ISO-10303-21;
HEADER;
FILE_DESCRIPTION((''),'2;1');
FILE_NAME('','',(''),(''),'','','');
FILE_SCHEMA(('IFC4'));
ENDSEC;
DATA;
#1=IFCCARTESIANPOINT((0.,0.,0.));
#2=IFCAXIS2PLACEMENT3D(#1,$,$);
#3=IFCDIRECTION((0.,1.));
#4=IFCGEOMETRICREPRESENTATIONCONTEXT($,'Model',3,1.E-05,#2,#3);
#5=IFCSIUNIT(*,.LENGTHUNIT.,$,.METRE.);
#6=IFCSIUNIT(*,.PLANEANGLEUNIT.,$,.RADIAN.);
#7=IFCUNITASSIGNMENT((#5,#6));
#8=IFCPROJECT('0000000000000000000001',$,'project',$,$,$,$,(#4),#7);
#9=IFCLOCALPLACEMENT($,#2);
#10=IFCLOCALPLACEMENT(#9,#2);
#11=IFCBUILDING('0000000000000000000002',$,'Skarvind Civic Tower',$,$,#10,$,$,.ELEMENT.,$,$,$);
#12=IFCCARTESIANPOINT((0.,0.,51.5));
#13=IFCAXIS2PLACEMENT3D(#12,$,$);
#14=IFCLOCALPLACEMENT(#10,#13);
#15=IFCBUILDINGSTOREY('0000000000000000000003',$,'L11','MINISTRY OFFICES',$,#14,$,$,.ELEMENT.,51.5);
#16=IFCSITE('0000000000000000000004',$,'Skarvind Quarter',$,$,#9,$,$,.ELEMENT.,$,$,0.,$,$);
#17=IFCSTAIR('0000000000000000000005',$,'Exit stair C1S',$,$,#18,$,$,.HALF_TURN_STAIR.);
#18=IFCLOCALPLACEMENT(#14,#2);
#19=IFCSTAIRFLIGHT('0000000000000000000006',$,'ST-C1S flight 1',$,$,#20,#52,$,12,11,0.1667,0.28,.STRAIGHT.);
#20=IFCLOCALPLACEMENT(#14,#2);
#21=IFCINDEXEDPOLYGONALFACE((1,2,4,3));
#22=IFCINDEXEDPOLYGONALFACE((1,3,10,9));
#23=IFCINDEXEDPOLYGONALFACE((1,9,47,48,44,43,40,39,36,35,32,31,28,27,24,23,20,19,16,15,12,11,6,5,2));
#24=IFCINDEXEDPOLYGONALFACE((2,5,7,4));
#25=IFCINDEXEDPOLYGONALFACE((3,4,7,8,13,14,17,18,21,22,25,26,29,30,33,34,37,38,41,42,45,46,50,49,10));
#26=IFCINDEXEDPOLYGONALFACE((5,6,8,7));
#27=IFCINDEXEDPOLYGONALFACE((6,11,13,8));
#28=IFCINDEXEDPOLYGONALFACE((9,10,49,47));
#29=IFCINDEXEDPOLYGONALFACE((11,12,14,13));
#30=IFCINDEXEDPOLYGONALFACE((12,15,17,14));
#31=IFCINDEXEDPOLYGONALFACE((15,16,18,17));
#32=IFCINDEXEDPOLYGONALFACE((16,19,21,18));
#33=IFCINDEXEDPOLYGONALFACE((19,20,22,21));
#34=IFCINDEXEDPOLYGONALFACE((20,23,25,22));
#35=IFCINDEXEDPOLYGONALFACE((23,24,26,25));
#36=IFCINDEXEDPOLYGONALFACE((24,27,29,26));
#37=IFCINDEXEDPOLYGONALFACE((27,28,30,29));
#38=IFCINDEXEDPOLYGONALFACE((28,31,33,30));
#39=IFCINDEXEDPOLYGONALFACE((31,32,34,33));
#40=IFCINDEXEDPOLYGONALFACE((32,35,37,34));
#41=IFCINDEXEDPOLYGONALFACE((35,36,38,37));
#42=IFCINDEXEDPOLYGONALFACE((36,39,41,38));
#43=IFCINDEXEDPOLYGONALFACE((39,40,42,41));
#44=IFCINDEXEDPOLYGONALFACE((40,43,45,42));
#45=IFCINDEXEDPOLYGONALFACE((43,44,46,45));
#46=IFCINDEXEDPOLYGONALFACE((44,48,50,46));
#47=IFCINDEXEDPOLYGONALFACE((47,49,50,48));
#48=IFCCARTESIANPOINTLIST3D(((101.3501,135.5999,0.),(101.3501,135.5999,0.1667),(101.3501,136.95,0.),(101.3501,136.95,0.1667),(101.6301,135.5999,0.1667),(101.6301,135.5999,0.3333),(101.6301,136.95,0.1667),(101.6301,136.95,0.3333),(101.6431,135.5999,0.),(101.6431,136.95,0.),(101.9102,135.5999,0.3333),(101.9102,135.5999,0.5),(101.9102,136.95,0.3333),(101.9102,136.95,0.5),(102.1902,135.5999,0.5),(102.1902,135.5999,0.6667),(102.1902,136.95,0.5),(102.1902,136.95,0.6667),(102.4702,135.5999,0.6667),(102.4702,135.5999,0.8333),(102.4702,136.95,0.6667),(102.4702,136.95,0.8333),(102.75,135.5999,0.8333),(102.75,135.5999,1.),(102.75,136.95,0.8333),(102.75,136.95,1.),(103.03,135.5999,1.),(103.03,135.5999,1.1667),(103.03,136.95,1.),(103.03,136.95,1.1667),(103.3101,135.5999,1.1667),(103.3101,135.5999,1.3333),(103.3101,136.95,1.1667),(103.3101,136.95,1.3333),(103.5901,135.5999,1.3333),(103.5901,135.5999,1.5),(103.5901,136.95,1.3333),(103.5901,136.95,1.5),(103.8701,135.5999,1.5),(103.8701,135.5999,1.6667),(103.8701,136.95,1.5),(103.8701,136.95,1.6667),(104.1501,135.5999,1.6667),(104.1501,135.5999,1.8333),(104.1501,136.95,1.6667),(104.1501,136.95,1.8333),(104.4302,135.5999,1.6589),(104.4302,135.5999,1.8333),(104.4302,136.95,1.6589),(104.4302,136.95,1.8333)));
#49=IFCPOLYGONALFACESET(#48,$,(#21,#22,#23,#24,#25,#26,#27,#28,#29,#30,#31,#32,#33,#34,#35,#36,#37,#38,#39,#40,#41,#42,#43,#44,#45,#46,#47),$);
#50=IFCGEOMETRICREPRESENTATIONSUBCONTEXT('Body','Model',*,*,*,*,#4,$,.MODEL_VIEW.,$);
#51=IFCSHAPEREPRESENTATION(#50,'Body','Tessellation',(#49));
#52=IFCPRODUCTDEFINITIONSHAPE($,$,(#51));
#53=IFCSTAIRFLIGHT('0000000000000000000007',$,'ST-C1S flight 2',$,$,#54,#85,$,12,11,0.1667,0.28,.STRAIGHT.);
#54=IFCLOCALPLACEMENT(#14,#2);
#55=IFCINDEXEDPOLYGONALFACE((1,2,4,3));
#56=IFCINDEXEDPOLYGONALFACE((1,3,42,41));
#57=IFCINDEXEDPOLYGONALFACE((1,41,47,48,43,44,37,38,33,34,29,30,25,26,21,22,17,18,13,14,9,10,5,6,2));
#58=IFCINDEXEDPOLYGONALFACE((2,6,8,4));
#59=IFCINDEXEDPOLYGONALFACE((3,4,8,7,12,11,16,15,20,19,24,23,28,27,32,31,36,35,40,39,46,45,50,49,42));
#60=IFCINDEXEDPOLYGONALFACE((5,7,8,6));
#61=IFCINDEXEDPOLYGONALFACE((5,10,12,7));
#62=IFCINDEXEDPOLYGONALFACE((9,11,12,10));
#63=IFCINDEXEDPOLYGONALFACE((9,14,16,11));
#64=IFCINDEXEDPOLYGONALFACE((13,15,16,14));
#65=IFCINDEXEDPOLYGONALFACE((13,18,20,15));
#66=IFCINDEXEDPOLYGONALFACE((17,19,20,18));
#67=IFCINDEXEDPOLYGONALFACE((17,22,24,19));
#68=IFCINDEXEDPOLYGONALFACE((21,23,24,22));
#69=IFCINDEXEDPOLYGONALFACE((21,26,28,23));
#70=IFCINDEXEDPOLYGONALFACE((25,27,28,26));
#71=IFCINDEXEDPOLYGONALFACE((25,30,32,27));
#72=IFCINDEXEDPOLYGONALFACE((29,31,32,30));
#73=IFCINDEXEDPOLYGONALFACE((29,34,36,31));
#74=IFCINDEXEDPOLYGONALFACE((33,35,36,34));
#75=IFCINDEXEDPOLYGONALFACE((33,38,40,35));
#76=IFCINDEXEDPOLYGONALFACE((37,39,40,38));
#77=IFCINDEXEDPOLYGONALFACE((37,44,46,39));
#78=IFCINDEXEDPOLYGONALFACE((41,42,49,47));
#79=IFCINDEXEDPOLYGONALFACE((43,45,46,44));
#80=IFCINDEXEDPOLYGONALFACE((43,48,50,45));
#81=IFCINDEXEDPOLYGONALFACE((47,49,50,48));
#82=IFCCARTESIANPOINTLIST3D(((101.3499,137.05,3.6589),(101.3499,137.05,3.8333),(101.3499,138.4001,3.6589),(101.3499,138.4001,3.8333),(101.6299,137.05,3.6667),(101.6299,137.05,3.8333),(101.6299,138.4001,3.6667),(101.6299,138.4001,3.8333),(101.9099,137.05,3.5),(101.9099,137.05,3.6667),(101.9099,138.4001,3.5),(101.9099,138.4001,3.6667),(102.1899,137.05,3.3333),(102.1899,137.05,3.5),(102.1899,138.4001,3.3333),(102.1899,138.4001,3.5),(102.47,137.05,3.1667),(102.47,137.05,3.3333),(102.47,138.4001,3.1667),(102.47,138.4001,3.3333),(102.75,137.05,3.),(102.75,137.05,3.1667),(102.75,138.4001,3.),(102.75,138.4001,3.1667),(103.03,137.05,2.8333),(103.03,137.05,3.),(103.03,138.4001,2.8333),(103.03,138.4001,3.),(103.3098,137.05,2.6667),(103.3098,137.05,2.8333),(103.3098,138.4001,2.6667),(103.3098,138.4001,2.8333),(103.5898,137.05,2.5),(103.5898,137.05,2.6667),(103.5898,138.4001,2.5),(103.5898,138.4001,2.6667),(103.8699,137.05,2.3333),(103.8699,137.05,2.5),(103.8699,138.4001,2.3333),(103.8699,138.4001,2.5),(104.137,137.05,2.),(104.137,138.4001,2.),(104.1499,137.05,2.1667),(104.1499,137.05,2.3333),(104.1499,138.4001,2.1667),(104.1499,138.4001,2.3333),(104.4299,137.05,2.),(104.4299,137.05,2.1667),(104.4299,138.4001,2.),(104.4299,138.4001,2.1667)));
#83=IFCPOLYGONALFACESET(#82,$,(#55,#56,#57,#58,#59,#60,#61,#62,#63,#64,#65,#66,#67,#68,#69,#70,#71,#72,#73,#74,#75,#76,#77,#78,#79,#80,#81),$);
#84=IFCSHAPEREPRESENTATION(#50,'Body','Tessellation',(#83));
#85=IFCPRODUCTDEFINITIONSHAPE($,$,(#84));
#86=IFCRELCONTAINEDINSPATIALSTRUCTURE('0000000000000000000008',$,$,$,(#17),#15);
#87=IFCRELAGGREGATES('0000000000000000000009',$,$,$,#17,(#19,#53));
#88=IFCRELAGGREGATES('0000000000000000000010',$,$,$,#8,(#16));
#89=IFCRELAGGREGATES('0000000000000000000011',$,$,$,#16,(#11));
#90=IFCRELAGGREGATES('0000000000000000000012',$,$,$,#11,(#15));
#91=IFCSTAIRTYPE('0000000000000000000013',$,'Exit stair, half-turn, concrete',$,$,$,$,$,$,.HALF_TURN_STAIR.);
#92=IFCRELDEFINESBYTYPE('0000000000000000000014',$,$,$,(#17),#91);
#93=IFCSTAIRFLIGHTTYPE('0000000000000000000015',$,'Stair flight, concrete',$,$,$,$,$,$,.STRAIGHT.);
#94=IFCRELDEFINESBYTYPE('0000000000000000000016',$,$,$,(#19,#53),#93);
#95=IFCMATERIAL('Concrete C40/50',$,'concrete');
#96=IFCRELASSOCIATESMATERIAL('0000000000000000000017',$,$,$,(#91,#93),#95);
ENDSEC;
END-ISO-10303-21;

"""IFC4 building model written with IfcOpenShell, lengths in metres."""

from ifc_helpers import new_model, si_unit, direction, frame, origin, place, context, subcontext, project, spatial, polyline, outline, extrude, material, type_object, element, aggregate, save


model = new_model("IFC4")

# Units and contexts
model_context = context("Model", 3, precision=1e-05, world=origin(), true_north=direction((0.0, 1.0)))
body_context = subcontext(model_context, "Body", "Model", "MODEL_VIEW")
ifc_project = project(units=[si_unit("LENGTHUNIT", "METRE"), si_unit("PLANEANGLEUNIT", "RADIAN")], contexts=[model_context])

# Site, building, storey
site_placement = place(None, origin())
site = spatial("IfcSite", under=ifc_project, at=site_placement, Name="Skarvind Quarter", CompositionType="ELEMENT", RefElevation=0.0)
building_placement = place(site_placement, origin())
building = spatial("IfcBuilding", under=site, at=building_placement, Name="Skarvind Civic Tower", CompositionType="ELEMENT")
storey_placement = place(building_placement, frame((0.0, 0.0, 51.5)))
storey = spatial("IfcBuildingStorey", under=building, at=storey_placement, Name="L11", Description="MINISTRY OFFICES", CompositionType="ELEMENT", Elevation=51.5)

# Stair, stair flights
ifc_material_1 = material(Name="Concrete C40/50", Category="concrete")
stair_type = type_object("IfcStairType", Name="Exit stair, half-turn, concrete", PredefinedType="HALF_TURN_STAIR", material=ifc_material_1)
stair_placement = place(storey_placement, origin())
stair = element("IfcStair", 1, at=stair_placement, inside=storey, type_object=stair_type, Name="Exit stair C1S", PredefinedType="HALF_TURN_STAIR")
stair_flight_type = type_object("IfcStairFlightType", Name="Stair flight, concrete", PredefinedType="STRAIGHT", material=ifc_material_1)
stair_flight_1_placement = place(storey_placement, frame((101.3501, 136.2749, 0.0), z_axis=(0.0, 0.0, 1.0), x_axis=(1.0, 0.0, 0.0)))
stair_flight_1 = element("IfcStairFlight", 2, at=stair_flight_1_placement, type_object=stair_flight_type, Name="ST-C1S flight 1", NumberOfRisers=12, NumberOfTreads=11, PredefinedType="STRAIGHT", RiserHeight=0.1667, TreadLength=0.28, context=body_context, shape_type="SweptSolid", body=[
    extrude(outline(polyline([(0.0, 0.0), (0.0, 0.1667), (0.28, 0.1667), (0.28, 0.3333), (0.5601, 0.3333), (0.5601, 0.5), (0.8401, 0.5), (0.8401, 0.6667), (1.1201, 0.6667), (1.1201, 0.8333), (1.3999, 0.8333), (1.3999, 1.0), (1.6799, 1.0), (1.6799, 1.1667), (1.96, 1.1667), (1.96, 1.3333), (2.24, 1.3333), (2.24, 1.5), (2.52, 1.5), (2.52, 1.6667), (2.8, 1.6667), (2.8, 1.8333), (3.0801, 1.8333), (3.0801, 2.0), (3.0801, 1.6589), (0.293, 0.0), (0.0, 0.0)])), frame((0.0, 0.675, 0.0), z_axis=(0.0, -1.0, 0.0), x_axis=(1.0, 0.0, 0.0)), (0.0, 0.0, 1.0), 1.3501),
])
stair_flight_2_placement = place(storey_placement, frame((104.4299, 137.7251, 2.0), z_axis=(0.0, 0.0, 1.0), x_axis=(-1.0, 0.0, 0.0)))
stair_flight_2 = element("IfcStairFlight", 3, at=stair_flight_2_placement, type_object=stair_flight_type, Name="ST-C1S flight 2", NumberOfRisers=12, NumberOfTreads=11, PredefinedType="STRAIGHT", RiserHeight=0.1667, TreadLength=0.28, context=body_context, shape_type="SweptSolid", body=[
    extrude(outline(polyline([(0.0, 0.0), (0.0, 0.1667), (0.28, 0.1667), (0.28, 0.3333), (0.5601, 0.3333), (0.5601, 0.5), (0.8401, 0.5), (0.8401, 0.6667), (1.1201, 0.6667), (1.1201, 0.8333), (1.3999, 0.8333), (1.3999, 1.0), (1.6799, 1.0), (1.6799, 1.1667), (1.96, 1.1667), (1.96, 1.3333), (2.24, 1.3333), (2.24, 1.5), (2.52, 1.5), (2.52, 1.6667), (2.8, 1.6667), (2.8, 1.8333), (3.0801, 1.8333), (3.0801, 2.0), (3.0801, 1.6589), (0.293, 0.0), (0.0, 0.0)])), frame((0.0, 0.675, 0.0), z_axis=(0.0, -1.0, 0.0), x_axis=(1.0, 0.0, 0.0)), (0.0, 0.0, 1.0), 1.3501),
])
aggregate(stair, [stair_flight_1, stair_flight_2])

save(model, "model.ifc")
